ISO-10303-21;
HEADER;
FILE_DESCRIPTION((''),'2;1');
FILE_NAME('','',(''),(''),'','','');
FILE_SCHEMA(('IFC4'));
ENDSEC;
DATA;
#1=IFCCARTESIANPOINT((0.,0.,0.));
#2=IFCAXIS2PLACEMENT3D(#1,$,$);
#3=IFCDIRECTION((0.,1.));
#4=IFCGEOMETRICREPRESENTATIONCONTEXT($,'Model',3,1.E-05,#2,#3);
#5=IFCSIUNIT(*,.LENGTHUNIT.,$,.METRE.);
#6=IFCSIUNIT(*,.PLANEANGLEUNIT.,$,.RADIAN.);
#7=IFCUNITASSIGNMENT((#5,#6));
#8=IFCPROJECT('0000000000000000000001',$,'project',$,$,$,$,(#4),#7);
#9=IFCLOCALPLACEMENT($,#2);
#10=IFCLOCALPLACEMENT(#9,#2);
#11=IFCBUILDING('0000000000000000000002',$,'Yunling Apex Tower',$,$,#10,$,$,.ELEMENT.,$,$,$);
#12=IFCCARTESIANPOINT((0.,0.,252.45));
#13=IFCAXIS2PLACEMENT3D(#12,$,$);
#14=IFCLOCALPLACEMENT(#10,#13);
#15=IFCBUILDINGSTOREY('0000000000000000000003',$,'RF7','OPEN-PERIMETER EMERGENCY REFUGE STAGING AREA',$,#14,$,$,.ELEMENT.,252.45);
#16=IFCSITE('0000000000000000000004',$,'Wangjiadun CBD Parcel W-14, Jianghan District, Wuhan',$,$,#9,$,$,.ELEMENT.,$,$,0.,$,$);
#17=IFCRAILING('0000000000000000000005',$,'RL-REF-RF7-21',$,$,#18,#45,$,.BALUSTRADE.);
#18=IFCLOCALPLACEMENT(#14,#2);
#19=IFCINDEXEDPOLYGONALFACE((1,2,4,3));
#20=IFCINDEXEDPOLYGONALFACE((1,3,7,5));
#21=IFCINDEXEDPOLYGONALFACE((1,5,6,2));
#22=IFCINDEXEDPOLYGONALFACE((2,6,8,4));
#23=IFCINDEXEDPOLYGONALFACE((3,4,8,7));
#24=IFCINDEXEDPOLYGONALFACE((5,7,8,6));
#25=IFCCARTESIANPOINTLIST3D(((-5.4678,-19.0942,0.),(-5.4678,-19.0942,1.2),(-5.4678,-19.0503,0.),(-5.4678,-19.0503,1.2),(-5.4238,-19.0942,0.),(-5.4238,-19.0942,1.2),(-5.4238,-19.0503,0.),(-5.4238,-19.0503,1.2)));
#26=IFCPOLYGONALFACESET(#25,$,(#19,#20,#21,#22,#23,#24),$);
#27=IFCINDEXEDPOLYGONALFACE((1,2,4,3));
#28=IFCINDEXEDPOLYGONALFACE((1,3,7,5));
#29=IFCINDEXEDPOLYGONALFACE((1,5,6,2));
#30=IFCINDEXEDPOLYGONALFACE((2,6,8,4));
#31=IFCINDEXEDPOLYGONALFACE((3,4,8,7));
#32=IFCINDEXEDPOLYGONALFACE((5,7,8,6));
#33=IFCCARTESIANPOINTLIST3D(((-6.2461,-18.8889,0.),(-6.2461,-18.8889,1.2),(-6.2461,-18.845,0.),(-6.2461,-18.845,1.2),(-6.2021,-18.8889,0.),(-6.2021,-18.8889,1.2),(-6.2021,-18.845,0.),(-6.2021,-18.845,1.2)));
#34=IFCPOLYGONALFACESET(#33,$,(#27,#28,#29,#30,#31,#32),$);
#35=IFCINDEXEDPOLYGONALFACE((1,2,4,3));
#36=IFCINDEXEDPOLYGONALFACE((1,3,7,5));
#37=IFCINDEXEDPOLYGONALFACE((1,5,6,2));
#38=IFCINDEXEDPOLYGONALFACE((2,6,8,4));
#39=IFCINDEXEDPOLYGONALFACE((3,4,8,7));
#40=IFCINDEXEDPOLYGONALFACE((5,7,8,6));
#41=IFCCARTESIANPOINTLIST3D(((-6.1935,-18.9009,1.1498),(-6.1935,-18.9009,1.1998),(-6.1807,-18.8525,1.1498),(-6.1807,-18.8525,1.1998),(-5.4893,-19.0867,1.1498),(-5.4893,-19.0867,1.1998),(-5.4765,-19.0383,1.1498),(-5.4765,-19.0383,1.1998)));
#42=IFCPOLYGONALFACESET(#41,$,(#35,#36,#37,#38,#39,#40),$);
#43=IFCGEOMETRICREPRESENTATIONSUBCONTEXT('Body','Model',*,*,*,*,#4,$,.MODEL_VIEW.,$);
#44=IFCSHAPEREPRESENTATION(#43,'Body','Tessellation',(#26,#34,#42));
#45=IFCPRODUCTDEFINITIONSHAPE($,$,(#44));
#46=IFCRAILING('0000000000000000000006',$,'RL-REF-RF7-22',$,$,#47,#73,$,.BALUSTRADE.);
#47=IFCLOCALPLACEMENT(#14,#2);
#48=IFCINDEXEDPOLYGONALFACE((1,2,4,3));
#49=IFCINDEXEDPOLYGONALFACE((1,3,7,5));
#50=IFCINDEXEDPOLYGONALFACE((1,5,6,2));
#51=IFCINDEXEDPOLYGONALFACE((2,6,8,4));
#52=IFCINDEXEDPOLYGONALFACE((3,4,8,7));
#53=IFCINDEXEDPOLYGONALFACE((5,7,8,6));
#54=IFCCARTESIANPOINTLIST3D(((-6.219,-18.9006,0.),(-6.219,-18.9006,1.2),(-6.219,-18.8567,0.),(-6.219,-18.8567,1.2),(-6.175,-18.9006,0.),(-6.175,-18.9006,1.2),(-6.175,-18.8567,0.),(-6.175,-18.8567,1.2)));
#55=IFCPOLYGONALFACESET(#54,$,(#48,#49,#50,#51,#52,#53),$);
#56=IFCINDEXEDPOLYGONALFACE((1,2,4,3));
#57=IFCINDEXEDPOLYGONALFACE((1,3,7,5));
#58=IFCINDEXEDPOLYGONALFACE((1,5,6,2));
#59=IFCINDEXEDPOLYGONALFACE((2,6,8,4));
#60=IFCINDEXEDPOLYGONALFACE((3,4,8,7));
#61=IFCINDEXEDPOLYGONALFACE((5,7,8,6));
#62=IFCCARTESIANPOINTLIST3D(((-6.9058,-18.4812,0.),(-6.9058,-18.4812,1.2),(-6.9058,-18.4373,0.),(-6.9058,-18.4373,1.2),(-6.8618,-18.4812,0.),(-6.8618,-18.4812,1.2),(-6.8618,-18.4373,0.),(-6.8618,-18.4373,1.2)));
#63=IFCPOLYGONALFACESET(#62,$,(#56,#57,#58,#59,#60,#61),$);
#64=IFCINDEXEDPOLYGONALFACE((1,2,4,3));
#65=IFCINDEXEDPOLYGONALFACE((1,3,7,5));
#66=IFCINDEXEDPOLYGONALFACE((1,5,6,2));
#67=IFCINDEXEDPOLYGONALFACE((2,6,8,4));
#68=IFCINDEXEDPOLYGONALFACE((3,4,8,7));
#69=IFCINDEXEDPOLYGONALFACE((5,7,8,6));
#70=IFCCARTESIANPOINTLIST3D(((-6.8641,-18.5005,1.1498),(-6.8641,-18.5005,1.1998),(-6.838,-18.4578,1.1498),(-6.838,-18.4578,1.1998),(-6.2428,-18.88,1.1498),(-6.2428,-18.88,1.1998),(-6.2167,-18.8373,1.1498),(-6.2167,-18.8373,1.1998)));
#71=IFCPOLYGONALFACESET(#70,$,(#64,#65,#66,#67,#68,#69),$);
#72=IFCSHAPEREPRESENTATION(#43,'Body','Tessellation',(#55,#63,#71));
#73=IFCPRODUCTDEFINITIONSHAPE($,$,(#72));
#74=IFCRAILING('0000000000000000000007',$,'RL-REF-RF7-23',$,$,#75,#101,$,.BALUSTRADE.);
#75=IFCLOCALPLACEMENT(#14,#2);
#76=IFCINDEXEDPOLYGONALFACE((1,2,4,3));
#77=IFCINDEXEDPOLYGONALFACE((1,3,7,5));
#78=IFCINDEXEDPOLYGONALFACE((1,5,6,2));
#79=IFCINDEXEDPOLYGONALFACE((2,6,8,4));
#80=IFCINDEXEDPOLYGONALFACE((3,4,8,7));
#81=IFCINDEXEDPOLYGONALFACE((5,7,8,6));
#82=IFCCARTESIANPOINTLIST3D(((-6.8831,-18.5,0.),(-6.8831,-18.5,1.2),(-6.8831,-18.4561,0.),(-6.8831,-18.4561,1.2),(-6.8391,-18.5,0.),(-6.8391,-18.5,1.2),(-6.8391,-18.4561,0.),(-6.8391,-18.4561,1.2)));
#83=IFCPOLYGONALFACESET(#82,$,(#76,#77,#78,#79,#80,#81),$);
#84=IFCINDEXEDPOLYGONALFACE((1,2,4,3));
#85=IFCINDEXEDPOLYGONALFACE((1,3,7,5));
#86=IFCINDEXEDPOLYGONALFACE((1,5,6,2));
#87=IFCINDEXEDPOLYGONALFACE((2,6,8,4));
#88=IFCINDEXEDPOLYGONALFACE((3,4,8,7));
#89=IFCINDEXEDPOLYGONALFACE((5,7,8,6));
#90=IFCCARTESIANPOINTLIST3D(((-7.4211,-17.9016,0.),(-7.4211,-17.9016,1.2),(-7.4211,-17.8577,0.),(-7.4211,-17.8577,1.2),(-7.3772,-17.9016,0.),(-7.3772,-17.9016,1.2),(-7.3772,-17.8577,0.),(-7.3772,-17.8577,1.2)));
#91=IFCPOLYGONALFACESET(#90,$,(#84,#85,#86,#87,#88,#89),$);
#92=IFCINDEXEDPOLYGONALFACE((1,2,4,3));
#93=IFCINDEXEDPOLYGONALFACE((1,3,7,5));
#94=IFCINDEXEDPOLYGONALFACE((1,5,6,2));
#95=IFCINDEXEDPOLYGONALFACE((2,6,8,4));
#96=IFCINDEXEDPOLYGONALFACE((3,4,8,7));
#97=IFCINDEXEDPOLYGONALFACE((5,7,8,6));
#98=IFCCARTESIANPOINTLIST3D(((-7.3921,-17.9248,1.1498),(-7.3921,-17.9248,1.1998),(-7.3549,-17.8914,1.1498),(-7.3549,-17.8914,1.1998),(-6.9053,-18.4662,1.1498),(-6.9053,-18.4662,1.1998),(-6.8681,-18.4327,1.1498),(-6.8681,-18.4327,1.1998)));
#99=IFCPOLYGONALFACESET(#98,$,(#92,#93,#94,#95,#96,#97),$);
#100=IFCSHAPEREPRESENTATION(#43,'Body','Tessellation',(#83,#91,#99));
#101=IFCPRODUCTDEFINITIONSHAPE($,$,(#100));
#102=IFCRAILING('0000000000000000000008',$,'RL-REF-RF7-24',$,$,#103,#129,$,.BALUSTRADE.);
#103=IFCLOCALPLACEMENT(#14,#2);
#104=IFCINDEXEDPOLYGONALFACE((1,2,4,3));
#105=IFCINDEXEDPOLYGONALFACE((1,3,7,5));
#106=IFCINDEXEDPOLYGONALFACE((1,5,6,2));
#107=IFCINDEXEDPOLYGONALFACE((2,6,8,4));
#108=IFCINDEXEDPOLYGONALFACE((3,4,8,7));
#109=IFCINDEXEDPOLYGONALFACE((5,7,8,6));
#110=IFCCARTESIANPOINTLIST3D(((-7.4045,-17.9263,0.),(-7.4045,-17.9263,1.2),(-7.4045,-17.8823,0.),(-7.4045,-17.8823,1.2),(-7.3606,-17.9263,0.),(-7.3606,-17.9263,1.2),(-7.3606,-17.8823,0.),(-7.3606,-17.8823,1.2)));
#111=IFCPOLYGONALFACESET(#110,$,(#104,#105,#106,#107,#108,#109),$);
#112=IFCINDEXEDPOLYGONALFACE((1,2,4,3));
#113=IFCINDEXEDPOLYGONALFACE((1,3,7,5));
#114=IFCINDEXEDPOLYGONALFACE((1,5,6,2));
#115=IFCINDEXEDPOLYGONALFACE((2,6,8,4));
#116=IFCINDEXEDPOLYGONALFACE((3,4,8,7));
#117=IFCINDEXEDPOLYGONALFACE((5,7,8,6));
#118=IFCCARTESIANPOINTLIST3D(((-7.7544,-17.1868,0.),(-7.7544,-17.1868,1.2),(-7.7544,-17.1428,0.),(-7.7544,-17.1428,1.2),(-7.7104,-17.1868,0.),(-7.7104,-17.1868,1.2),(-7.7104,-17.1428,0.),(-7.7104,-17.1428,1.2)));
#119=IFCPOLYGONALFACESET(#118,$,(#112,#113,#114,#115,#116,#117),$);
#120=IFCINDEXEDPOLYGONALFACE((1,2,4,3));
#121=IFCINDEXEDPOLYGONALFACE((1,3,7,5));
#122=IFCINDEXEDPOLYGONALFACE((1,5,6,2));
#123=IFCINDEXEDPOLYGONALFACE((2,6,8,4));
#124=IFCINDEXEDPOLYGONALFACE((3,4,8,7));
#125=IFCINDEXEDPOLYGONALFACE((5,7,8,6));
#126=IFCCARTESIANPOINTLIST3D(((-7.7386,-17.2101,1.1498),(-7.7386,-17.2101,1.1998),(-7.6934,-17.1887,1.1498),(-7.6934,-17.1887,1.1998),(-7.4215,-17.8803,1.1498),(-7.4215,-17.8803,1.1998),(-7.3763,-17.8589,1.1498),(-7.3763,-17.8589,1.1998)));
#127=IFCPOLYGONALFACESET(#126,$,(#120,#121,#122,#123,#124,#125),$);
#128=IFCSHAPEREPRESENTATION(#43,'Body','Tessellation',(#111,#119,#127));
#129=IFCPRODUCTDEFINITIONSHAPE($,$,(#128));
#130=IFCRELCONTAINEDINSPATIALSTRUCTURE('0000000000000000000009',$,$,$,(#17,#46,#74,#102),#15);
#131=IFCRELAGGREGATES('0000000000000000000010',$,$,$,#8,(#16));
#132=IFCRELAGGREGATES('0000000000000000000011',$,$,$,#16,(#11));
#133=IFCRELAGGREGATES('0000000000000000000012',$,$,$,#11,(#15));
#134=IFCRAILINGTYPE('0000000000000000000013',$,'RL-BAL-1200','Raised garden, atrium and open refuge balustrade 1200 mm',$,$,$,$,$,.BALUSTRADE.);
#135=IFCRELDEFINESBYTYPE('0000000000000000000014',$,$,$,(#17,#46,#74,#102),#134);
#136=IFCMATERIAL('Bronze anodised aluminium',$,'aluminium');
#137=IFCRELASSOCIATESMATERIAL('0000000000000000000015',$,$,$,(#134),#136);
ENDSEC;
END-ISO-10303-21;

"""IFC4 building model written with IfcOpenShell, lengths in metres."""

from ifc_helpers import new_model, si_unit, direction, frame, origin, origin_2d, place, context, subcontext, project, spatial, rectangle, extrude, material, type_object, element, save


model = new_model("IFC4")

# Units and contexts
model_context = context("Model", 3, precision=1e-05, world=origin(), true_north=direction((0.0, 1.0)))
body_context = subcontext(model_context, "Body", "Model", "MODEL_VIEW")
ifc_project = project(units=[si_unit("LENGTHUNIT", "METRE"), si_unit("PLANEANGLEUNIT", "RADIAN")], contexts=[model_context])

# Site, building, storey
site_placement = place(None, origin())
site = spatial("IfcSite", under=ifc_project, at=site_placement, Name="Wangjiadun CBD Parcel W-14, Jianghan District, Wuhan", CompositionType="ELEMENT", RefElevation=0.0)
building_placement = place(site_placement, origin())
building = spatial("IfcBuilding", under=site, at=building_placement, Name="Yunling Apex Tower", CompositionType="ELEMENT")
storey_placement = place(building_placement, frame((0.0, 0.0, 252.45)))
storey = spatial("IfcBuildingStorey", under=building, at=storey_placement, Name="RF7", Description="OPEN-PERIMETER EMERGENCY REFUGE STAGING AREA", CompositionType="ELEMENT", Elevation=252.45)

# Railings
ifc_material_1 = material(Name="Bronze anodised aluminium", Category="aluminium")
railing_type = type_object("IfcRailingType", Name="RL-BAL-1200", Description="Raised garden, atrium and open refuge balustrade 1200 mm", PredefinedType="BALUSTRADE", material=ifc_material_1)
railing_1_placement = place(storey_placement, frame((-5.4458, -19.0723, 0.0)))
element("IfcRailing", 1, at=railing_1_placement, inside=storey, type_object=railing_type, Name="RL-REF-RF7-21", PredefinedType="BALUSTRADE", context=body_context, shape_type="SweptSolid", body=[
    extrude(rectangle(XDim=0.0439, YDim=0.0439, at=origin_2d()), origin(), (0.0, 0.0, 1.0), 1.2),
    extrude(rectangle(XDim=0.0439, YDim=0.0439, at=origin_2d()), frame((-0.7783, 0.2053, 0.0)), (0.0, 0.0, 1.0), 1.2),
    extrude(rectangle(XDim=0.05, YDim=0.05, at=origin_2d()), frame((-0.0371, 0.0098, 1.1748), z_axis=(-0.966921, 0.255075, 0.0), x_axis=(-0.255075, -0.966921, 0.0)), (0.0, 0.0, 1.0), 0.7283),
])
railing_2_placement = place(storey_placement, frame((-6.197, -18.8787, 0.0)))
element("IfcRailing", 2, at=railing_2_placement, inside=storey, type_object=railing_type, Name="RL-REF-RF7-22", PredefinedType="BALUSTRADE", context=body_context, shape_type="SweptSolid", body=[
    extrude(rectangle(XDim=0.0439, YDim=0.0439, at=origin_2d()), origin(), (0.0, 0.0, 1.0), 1.2),
    extrude(rectangle(XDim=0.0439, YDim=0.0439, at=origin_2d()), frame((-0.6868, 0.4194, 0.0)), (0.0, 0.0, 1.0), 1.2),
    extrude(rectangle(XDim=0.05, YDim=0.05, at=origin_2d()), frame((-0.0327, 0.02, 1.1748), z_axis=(-0.853424, 0.521217, 0.0), x_axis=(-0.521217, -0.853424, 0.0)), (0.0, 0.0, 1.0), 0.728),
])
railing_3_placement = place(storey_placement, frame((-6.8611, -18.478, 0.0)))
element("IfcRailing", 3, at=railing_3_placement, inside=storey, type_object=railing_type, Name="RL-REF-RF7-23", PredefinedType="BALUSTRADE", context=body_context, shape_type="SweptSolid", body=[
    extrude(rectangle(XDim=0.0439, YDim=0.0439, at=origin_2d()), origin(), (0.0, 0.0, 1.0), 1.2),
    extrude(rectangle(XDim=0.0439, YDim=0.0439, at=origin_2d()), frame((-0.5381, 0.5984, 0.0)), (0.0, 0.0, 1.0), 1.2),
    extrude(rectangle(XDim=0.05, YDim=0.05, at=origin_2d()), frame((-0.0256, 0.0286, 1.1748), z_axis=(-0.668646, 0.743581, 0.0), x_axis=(-0.743581, -0.668646, 0.0)), (0.0, 0.0, 1.0), 0.728),
])
railing_4_placement = place(storey_placement, frame((-7.3826, -17.9043, 0.0)))
element("IfcRailing", 4, at=railing_4_placement, inside=storey, type_object=railing_type, Name="RL-REF-RF7-24", PredefinedType="BALUSTRADE", context=body_context, shape_type="SweptSolid", body=[
    extrude(rectangle(XDim=0.0439, YDim=0.0439, at=origin_2d()), origin(), (0.0, 0.0, 1.0), 1.2),
    extrude(rectangle(XDim=0.0439, YDim=0.0439, at=origin_2d()), frame((-0.3499, 0.7395, 0.0)), (0.0, 0.0, 1.0), 1.2),
    extrude(rectangle(XDim=0.05, YDim=0.05, at=origin_2d()), frame((-0.0164, 0.0347, 1.1748), z_axis=(-0.42765, 0.903944, 0.0), x_axis=(-0.903944, -0.42765, 0.0)), (0.0, 0.0, 1.0), 0.7415),
])

save(model, "model.ifc")
